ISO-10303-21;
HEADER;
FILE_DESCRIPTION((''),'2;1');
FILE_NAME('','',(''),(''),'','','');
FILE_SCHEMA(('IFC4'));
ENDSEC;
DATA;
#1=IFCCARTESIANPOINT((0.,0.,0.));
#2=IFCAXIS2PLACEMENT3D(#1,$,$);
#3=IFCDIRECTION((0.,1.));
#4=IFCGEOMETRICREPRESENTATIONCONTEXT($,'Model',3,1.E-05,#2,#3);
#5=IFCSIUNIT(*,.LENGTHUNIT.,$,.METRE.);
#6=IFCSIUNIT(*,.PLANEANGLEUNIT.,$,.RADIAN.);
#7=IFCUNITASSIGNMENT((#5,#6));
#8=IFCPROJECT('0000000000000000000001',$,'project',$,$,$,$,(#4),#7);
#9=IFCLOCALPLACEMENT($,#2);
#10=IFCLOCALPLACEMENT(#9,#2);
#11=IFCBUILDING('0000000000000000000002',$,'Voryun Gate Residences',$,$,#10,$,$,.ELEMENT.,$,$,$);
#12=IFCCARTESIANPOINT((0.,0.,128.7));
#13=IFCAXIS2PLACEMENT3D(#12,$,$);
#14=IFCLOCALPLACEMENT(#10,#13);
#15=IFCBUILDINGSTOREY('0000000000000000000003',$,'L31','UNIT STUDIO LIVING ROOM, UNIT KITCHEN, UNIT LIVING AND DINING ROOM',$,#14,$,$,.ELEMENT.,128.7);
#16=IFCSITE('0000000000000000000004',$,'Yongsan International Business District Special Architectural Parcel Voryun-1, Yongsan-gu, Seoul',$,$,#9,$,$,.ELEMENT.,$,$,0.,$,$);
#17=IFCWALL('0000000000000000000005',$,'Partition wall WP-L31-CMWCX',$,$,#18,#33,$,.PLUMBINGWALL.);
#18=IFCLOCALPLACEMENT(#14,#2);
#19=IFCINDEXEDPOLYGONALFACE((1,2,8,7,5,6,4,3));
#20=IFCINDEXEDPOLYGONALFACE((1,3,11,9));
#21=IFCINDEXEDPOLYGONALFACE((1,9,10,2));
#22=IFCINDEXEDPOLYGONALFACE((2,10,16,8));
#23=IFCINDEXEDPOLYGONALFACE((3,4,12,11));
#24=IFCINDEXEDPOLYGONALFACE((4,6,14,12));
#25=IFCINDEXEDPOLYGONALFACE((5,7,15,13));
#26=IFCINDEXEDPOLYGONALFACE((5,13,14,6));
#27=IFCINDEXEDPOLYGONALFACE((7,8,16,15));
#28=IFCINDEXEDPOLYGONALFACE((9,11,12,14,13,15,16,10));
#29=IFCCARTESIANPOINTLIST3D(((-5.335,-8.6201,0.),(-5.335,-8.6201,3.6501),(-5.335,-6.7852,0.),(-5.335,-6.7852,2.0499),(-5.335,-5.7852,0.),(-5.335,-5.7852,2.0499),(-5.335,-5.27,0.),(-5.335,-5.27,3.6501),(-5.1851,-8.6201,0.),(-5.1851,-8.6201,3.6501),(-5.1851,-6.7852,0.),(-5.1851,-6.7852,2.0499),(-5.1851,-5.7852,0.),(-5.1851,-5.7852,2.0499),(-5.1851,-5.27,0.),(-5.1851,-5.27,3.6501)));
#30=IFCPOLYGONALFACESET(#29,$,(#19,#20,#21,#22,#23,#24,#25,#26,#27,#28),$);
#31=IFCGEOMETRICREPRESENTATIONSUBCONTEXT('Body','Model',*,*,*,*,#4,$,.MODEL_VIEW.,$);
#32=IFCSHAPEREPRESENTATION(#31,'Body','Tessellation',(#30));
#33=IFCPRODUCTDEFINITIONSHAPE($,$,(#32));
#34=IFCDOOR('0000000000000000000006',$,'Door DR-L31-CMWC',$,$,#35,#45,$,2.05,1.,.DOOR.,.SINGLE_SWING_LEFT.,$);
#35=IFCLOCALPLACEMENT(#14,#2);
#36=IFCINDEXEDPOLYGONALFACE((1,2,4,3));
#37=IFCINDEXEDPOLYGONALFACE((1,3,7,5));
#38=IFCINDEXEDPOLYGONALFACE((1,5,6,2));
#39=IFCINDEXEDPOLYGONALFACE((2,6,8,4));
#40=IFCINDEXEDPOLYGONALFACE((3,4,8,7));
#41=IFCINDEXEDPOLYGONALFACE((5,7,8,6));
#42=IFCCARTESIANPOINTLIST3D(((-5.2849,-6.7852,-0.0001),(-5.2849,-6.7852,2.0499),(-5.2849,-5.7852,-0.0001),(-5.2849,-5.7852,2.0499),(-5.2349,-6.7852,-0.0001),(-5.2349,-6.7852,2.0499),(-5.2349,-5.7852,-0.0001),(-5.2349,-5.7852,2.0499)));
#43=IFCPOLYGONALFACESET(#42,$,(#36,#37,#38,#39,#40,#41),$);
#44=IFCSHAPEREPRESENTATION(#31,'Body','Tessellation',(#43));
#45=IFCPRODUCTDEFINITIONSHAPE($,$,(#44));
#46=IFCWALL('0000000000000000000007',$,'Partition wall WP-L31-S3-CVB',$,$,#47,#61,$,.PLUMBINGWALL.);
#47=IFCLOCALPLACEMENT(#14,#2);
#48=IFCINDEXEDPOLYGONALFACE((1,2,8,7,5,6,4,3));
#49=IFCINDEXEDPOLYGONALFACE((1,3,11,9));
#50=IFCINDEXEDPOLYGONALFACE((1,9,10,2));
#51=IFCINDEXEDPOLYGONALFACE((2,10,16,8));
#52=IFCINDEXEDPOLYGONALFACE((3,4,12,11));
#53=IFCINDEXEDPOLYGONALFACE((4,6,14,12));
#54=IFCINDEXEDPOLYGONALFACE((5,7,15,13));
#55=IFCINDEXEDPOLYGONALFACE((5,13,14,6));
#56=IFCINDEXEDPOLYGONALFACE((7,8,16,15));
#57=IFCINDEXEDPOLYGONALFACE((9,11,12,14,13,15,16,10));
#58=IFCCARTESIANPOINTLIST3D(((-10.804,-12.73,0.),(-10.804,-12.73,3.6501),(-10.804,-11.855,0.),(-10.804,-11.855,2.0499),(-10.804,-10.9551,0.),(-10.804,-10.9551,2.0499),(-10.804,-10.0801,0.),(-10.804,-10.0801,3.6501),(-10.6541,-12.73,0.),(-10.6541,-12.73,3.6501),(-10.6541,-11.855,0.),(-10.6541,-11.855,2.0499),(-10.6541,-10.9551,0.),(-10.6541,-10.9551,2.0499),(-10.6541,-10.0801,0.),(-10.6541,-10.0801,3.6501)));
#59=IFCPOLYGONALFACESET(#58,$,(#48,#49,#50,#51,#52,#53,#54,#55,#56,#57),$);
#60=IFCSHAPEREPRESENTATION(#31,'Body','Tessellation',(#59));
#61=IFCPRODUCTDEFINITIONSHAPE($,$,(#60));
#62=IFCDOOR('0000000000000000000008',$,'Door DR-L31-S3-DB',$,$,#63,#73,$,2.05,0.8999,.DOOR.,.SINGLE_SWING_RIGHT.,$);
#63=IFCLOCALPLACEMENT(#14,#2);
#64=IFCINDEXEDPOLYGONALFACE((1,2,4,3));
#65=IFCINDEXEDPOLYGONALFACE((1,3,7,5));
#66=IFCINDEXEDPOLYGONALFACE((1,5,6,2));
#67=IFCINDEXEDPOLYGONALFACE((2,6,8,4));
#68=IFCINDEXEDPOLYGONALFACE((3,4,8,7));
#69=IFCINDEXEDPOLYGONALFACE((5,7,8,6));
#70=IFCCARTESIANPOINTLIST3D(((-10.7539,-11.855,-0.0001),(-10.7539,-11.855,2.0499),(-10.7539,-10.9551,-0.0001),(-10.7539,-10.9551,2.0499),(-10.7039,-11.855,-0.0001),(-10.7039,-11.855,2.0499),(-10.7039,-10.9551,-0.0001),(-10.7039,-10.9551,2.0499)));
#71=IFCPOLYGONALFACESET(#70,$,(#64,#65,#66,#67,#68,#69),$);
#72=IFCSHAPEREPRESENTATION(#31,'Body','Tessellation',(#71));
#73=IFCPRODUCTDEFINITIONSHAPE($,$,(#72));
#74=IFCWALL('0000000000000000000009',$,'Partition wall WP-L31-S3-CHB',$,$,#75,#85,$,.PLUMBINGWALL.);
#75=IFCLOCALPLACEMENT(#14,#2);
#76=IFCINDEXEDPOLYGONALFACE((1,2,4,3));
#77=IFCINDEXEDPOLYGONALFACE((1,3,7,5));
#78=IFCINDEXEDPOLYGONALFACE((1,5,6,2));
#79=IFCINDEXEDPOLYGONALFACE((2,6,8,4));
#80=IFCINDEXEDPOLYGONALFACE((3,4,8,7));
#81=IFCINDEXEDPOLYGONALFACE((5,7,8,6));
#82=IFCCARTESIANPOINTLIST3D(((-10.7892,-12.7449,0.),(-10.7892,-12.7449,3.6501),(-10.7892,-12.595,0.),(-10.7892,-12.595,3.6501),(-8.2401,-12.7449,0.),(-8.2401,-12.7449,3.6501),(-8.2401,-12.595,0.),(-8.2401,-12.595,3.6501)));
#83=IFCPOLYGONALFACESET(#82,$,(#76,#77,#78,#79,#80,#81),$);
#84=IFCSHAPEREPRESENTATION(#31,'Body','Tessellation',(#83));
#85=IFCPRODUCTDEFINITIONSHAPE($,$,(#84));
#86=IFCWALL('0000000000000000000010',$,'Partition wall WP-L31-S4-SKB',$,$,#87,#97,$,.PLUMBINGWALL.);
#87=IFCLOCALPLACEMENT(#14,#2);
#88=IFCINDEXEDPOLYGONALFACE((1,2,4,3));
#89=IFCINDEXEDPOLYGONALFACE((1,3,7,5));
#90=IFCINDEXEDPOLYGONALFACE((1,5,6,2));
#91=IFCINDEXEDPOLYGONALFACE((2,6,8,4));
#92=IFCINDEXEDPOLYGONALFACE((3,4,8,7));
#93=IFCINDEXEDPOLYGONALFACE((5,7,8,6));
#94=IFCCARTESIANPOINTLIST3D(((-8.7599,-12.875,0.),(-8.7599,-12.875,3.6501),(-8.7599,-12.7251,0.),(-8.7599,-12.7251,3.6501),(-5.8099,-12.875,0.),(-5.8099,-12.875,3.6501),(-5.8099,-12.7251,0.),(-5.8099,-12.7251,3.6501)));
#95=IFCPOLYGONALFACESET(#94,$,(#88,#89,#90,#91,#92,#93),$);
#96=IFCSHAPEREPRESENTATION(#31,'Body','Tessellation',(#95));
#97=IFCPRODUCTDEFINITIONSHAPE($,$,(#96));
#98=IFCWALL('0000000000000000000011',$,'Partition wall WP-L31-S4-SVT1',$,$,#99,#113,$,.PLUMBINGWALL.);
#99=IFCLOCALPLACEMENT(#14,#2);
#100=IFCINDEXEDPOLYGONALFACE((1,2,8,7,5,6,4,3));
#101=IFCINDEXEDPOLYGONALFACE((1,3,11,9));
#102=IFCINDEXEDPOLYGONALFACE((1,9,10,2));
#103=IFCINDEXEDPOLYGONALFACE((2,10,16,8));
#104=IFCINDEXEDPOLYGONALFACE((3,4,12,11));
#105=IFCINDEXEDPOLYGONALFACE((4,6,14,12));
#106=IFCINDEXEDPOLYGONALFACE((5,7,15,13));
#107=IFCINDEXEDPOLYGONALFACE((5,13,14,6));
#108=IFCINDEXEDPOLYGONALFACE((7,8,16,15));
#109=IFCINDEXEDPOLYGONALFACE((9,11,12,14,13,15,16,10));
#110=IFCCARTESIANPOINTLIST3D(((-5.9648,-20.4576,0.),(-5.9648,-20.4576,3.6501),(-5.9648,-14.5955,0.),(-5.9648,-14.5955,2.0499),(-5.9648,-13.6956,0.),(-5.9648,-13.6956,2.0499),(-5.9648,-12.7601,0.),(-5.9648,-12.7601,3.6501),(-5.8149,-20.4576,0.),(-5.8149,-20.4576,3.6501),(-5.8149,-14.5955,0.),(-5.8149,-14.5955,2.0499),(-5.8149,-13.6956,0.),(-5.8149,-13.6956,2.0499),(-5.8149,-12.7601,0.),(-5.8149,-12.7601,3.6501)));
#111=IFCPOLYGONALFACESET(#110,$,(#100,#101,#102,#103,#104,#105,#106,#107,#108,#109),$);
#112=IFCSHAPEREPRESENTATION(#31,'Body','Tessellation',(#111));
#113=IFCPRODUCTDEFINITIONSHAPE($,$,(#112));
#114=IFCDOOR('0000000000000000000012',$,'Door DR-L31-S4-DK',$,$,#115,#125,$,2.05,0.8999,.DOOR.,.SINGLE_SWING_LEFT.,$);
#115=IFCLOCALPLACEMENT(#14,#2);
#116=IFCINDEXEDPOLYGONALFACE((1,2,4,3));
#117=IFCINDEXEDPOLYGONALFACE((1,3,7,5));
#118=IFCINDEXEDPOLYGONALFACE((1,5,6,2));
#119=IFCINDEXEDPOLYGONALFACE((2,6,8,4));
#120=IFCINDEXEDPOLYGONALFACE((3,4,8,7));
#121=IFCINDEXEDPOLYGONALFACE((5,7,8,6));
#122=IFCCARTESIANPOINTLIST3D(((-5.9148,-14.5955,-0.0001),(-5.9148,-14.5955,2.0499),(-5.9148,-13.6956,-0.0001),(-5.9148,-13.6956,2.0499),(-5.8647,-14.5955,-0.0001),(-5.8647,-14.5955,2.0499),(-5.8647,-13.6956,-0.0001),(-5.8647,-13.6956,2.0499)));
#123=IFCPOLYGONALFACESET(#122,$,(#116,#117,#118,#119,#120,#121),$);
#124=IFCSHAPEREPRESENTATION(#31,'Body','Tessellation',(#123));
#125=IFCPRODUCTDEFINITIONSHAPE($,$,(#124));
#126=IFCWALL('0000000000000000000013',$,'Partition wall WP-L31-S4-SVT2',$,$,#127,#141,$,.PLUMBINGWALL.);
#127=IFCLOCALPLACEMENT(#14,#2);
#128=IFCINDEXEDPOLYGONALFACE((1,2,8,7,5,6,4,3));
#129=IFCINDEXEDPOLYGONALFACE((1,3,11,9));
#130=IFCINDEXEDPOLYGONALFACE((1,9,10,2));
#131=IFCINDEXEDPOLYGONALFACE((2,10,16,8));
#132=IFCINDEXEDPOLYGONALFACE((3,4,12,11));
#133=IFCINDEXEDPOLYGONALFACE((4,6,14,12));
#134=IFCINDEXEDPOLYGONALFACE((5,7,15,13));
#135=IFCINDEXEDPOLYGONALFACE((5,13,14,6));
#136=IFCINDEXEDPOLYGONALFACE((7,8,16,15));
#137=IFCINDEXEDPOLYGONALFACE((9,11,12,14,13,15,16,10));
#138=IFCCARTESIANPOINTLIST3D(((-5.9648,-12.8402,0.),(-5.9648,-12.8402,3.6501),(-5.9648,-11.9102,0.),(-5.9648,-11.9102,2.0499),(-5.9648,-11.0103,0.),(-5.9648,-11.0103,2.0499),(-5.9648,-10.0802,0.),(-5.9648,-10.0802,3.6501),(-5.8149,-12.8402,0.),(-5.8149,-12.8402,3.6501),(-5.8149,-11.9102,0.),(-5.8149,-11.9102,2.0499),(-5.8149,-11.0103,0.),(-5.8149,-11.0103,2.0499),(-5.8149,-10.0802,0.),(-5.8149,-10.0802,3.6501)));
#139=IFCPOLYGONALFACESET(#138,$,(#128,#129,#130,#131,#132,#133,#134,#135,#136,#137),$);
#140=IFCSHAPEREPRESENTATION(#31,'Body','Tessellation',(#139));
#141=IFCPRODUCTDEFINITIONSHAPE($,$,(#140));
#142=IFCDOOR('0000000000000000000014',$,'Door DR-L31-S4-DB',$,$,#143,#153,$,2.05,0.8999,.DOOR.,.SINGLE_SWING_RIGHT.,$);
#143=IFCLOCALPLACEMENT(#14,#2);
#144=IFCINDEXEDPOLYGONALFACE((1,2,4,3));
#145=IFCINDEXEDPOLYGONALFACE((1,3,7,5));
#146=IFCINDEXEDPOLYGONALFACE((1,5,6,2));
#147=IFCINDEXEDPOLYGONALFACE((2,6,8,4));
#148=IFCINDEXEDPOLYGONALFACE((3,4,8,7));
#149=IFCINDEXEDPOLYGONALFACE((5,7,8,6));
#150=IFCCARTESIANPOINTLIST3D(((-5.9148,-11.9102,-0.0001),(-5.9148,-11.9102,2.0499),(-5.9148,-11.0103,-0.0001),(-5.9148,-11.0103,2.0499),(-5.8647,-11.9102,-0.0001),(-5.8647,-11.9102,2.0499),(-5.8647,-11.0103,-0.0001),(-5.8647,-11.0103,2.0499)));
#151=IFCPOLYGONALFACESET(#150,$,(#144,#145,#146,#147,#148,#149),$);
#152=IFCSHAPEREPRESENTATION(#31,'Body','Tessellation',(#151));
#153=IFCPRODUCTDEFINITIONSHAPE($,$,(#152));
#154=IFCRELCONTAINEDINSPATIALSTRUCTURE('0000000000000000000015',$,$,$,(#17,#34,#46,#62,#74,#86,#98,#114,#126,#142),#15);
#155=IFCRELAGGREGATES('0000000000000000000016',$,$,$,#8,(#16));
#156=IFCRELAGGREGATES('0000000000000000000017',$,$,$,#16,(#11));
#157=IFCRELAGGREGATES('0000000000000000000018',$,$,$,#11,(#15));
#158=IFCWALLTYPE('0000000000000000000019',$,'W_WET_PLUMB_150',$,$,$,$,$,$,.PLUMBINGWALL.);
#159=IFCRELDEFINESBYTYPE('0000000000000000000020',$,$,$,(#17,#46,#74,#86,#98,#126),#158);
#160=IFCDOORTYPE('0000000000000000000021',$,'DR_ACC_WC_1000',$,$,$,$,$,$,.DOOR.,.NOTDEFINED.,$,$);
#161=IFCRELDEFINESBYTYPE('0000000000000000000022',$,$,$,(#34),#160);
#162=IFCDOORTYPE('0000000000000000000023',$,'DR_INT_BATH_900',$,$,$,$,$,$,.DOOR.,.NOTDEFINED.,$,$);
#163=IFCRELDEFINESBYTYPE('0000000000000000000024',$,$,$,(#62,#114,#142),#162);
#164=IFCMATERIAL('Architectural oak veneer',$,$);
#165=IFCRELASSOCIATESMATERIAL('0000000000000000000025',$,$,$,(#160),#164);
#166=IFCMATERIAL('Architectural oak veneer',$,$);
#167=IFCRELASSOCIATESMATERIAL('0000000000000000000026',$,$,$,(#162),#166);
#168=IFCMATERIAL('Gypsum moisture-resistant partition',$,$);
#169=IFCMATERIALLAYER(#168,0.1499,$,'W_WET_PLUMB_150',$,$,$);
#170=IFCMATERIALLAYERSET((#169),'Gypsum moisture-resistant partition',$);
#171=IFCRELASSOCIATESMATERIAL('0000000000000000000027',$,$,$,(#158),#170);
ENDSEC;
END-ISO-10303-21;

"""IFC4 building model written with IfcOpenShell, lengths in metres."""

from ifc_helpers import new_model, si_unit, direction, frame, frame_2d, origin, place, context, subcontext, project, spatial, rectangle, extrude, material, layer, layer_set, type_object, element, fill, save


model = new_model("IFC4")

# Units and contexts
model_context = context("Model", 3, precision=1e-05, world=origin(), true_north=direction((0.0, 1.0)))
body_context = subcontext(model_context, "Body", "Model", "MODEL_VIEW")
ifc_project = project(units=[si_unit("LENGTHUNIT", "METRE"), si_unit("PLANEANGLEUNIT", "RADIAN")], contexts=[model_context])

# Site, building, storey
site_placement = place(None, origin())
site = spatial("IfcSite", under=ifc_project, at=site_placement, Name="Yongsan International Business District Special Architectural Parcel Voryun-1, Yongsan-gu, Seoul", CompositionType="ELEMENT", RefElevation=0.0)
building_placement = place(site_placement, origin())
building = spatial("IfcBuilding", under=site, at=building_placement, Name="Voryun Gate Residences", CompositionType="ELEMENT")
storey_placement = place(building_placement, frame((0.0, 0.0, 128.7)))
storey = spatial("IfcBuildingStorey", under=building, at=storey_placement, Name="L31", Description="UNIT STUDIO LIVING ROOM, UNIT KITCHEN, UNIT LIVING AND DINING ROOM", CompositionType="ELEMENT", Elevation=128.7)

# Shared definitions
ifc_material_1 = material(Name="Architectural oak veneer")
door_type_1 = type_object("IfcDoorType", Name="DR_ACC_WC_1000", OperationType="NOTDEFINED", PredefinedType="DOOR", material=ifc_material_1)

# Shared definitions
ifc_material_2 = material(Name="Architectural oak veneer")
door_type_2 = type_object("IfcDoorType", Name="DR_INT_BATH_900", OperationType="NOTDEFINED", PredefinedType="DOOR", material=ifc_material_2)

# Walls, openings, doors
ifc_material_3 = material(Name="Gypsum moisture-resistant partition")
ifc_layer_1 = layer(ifc_material_3, 0.1499, Name="W_WET_PLUMB_150")
ifc_layer_set_1 = layer_set([ifc_layer_1], Name="Gypsum moisture-resistant partition")
wall_type_1 = type_object("IfcWallType", Name="W_WET_PLUMB_150", PredefinedType="PLUMBINGWALL", material=ifc_layer_set_1)
wall_1_placement = place(storey_placement, frame((-5.26, -8.6201, 0.0), z_axis=(0.0, 0.0, 1.0), x_axis=(0.0, 1.0, 0.0)))
wall_1 = element("IfcWall", 1, at=wall_1_placement, inside=storey, type_object=wall_type_1, Name="Partition wall WP-L31-CMWCX", PredefinedType="PLUMBINGWALL", context=body_context, shape_type="SweptSolid", body=[
    extrude(rectangle(XDim=3.3501, YDim=0.1499, at=frame_2d((1.675, 0.0))), origin(), (0.0, 0.0, 1.0), 3.6501),
])
opening_1_placement = place(wall_1_placement, frame((1.835, 0.0, 0.0)))
opening_1 = element("IfcOpeningElement", 2, at=opening_1_placement, cuts=wall_1, PredefinedType="OPENING", context=body_context, shape_type="SweptSolid", body=[
    extrude(rectangle(XDim=1.0, YDim=2.05, at=frame_2d((0.5, 1.0249))), frame((0.0, 0.085, 0.0), z_axis=(0.0, -1.0, 0.0), x_axis=(1.0, 0.0, 0.0)), (0.0, 0.0, 1.0), 0.1699),
])
door_1_placement = place(opening_1_placement, origin())
door_1 = element("IfcDoor", 3, at=door_1_placement, inside=storey, type_object=door_type_1, Name="Door DR-L31-CMWC", OperationType="SINGLE_SWING_LEFT", OverallHeight=2.05, OverallWidth=1.0, PredefinedType="DOOR", context=body_context, shape_type="SweptSolid", body=[
    extrude(rectangle(XDim=1.0, YDim=2.05, at=frame_2d((0.5, 1.0249))), frame((0.0, 0.0249, 0.0), z_axis=(0.0, -1.0, 0.0), x_axis=(1.0, 0.0, 0.0)), (0.0, 0.0, 1.0), 0.05),
])
fill(opening_1, door_1)
wall_2_placement = place(storey_placement, frame((-10.729, -12.73, 0.0), z_axis=(0.0, 0.0, 1.0), x_axis=(0.0, 1.0, 0.0)))
wall_2 = element("IfcWall", 4, at=wall_2_placement, inside=storey, type_object=wall_type_1, Name="Partition wall WP-L31-S3-CVB", PredefinedType="PLUMBINGWALL", context=body_context, shape_type="SweptSolid", body=[
    extrude(rectangle(XDim=2.6499, YDim=0.1499, at=frame_2d((1.325, 0.0))), origin(), (0.0, 0.0, 1.0), 3.6501),
])
opening_2_placement = place(wall_2_placement, frame((0.875, 0.0, 0.0)))
opening_2 = element("IfcOpeningElement", 5, at=opening_2_placement, cuts=wall_2, PredefinedType="OPENING", context=body_context, shape_type="SweptSolid", body=[
    extrude(rectangle(XDim=0.8999, YDim=2.05, at=frame_2d((0.45, 1.0249))), frame((0.0, 0.085, 0.0), z_axis=(0.0, -1.0, 0.0), x_axis=(1.0, 0.0, 0.0)), (0.0, 0.0, 1.0), 0.1699),
])
door_2_placement = place(opening_2_placement, origin())
door_2 = element("IfcDoor", 6, at=door_2_placement, inside=storey, type_object=door_type_2, Name="Door DR-L31-S3-DB", OperationType="SINGLE_SWING_RIGHT", OverallHeight=2.05, OverallWidth=0.8999, PredefinedType="DOOR", context=body_context, shape_type="SweptSolid", body=[
    extrude(rectangle(XDim=0.8999, YDim=2.05, at=frame_2d((0.45, 1.0249))), frame((0.0, 0.0249, 0.0), z_axis=(0.0, -1.0, 0.0), x_axis=(1.0, 0.0, 0.0)), (0.0, 0.0, 1.0), 0.05),
])
fill(opening_2, door_2)

# Walls
wall_3_placement = place(storey_placement, frame((-10.7891, -12.6699, 0.0), z_axis=(0.0, 0.0, 1.0), x_axis=(1.0, 0.0, 0.0)))
element("IfcWall", 7, at=wall_3_placement, inside=storey, type_object=wall_type_1, Name="Partition wall WP-L31-S3-CHB", PredefinedType="PLUMBINGWALL", context=body_context, shape_type="SweptSolid", body=[
    extrude(rectangle(XDim=2.5491, YDim=0.1499, at=frame_2d((1.2744, 0.0))), origin(), (0.0, 0.0, 1.0), 3.6501),
])
wall_4_placement = place(storey_placement, frame((-8.76, -12.8, 0.0), z_axis=(0.0, 0.0, 1.0), x_axis=(1.0, 0.0, 0.0)))
element("IfcWall", 8, at=wall_4_placement, inside=storey, type_object=wall_type_1, Name="Partition wall WP-L31-S4-SKB", PredefinedType="PLUMBINGWALL", context=body_context, shape_type="SweptSolid", body=[
    extrude(rectangle(XDim=2.95, YDim=0.1499, at=frame_2d((1.4751, 0.0))), origin(), (0.0, 0.0, 1.0), 3.6501),
])

# Walls, openings, doors
wall_5_placement = place(storey_placement, frame((-5.8899, -20.4575, 0.0), z_axis=(0.0, 0.0, 1.0), x_axis=(0.0, 1.0, 0.0)))
wall_5 = element("IfcWall", 9, at=wall_5_placement, inside=storey, type_object=wall_type_1, Name="Partition wall WP-L31-S4-SVT1", PredefinedType="PLUMBINGWALL", context=body_context, shape_type="SweptSolid", body=[
    extrude(rectangle(XDim=7.6975, YDim=0.1499, at=frame_2d((3.8486, 0.0))), origin(), (0.0, 0.0, 1.0), 3.6501),
])
opening_3_placement = place(wall_5_placement, frame((5.8621, 0.0, 0.0)))
opening_3 = element("IfcOpeningElement", 10, at=opening_3_placement, cuts=wall_5, PredefinedType="OPENING", context=body_context, shape_type="SweptSolid", body=[
    extrude(rectangle(XDim=0.8999, YDim=2.05, at=frame_2d((0.45, 1.0249))), frame((0.0, 0.085, 0.0), z_axis=(0.0, -1.0, 0.0), x_axis=(1.0, 0.0, 0.0)), (0.0, 0.0, 1.0), 0.1699),
])
door_3_placement = place(opening_3_placement, origin())
door_3 = element("IfcDoor", 11, at=door_3_placement, inside=storey, type_object=door_type_2, Name="Door DR-L31-S4-DK", OperationType="SINGLE_SWING_LEFT", OverallHeight=2.05, OverallWidth=0.8999, PredefinedType="DOOR", context=body_context, shape_type="SweptSolid", body=[
    extrude(rectangle(XDim=0.8999, YDim=2.05, at=frame_2d((0.45, 1.0249))), frame((0.0, 0.0249, 0.0), z_axis=(0.0, -1.0, 0.0), x_axis=(1.0, 0.0, 0.0)), (0.0, 0.0, 1.0), 0.05),
])
fill(opening_3, door_3)
wall_6_placement = place(storey_placement, frame((-5.8899, -12.8401, 0.0), z_axis=(0.0, 0.0, 1.0), x_axis=(0.0, 1.0, 0.0)))
wall_6 = element("IfcWall", 12, at=wall_6_placement, inside=storey, type_object=wall_type_1, Name="Partition wall WP-L31-S4-SVT2", PredefinedType="PLUMBINGWALL", context=body_context, shape_type="SweptSolid", body=[
    extrude(rectangle(XDim=2.76, YDim=0.1499, at=frame_2d((1.3799, 0.0))), origin(), (0.0, 0.0, 1.0), 3.6501),
])
opening_4_placement = place(wall_6_placement, frame((0.9299, 0.0, 0.0)))
opening_4 = element("IfcOpeningElement", 13, at=opening_4_placement, cuts=wall_6, PredefinedType="OPENING", context=body_context, shape_type="SweptSolid", body=[
    extrude(rectangle(XDim=0.8999, YDim=2.05, at=frame_2d((0.45, 1.0249))), frame((0.0, 0.085, 0.0), z_axis=(0.0, -1.0, 0.0), x_axis=(1.0, 0.0, 0.0)), (0.0, 0.0, 1.0), 0.1699),
])
door_4_placement = place(opening_4_placement, origin())
door_4 = element("IfcDoor", 14, at=door_4_placement, inside=storey, type_object=door_type_2, Name="Door DR-L31-S4-DB", OperationType="SINGLE_SWING_RIGHT", OverallHeight=2.05, OverallWidth=0.8999, PredefinedType="DOOR", context=body_context, shape_type="SweptSolid", body=[
    extrude(rectangle(XDim=0.8999, YDim=2.05, at=frame_2d((0.45, 1.0249))), frame((0.0, 0.0249, 0.0), z_axis=(0.0, -1.0, 0.0), x_axis=(1.0, 0.0, 0.0)), (0.0, 0.0, 1.0), 0.05),
])
fill(opening_4, door_4)

save(model, "model.ifc")
